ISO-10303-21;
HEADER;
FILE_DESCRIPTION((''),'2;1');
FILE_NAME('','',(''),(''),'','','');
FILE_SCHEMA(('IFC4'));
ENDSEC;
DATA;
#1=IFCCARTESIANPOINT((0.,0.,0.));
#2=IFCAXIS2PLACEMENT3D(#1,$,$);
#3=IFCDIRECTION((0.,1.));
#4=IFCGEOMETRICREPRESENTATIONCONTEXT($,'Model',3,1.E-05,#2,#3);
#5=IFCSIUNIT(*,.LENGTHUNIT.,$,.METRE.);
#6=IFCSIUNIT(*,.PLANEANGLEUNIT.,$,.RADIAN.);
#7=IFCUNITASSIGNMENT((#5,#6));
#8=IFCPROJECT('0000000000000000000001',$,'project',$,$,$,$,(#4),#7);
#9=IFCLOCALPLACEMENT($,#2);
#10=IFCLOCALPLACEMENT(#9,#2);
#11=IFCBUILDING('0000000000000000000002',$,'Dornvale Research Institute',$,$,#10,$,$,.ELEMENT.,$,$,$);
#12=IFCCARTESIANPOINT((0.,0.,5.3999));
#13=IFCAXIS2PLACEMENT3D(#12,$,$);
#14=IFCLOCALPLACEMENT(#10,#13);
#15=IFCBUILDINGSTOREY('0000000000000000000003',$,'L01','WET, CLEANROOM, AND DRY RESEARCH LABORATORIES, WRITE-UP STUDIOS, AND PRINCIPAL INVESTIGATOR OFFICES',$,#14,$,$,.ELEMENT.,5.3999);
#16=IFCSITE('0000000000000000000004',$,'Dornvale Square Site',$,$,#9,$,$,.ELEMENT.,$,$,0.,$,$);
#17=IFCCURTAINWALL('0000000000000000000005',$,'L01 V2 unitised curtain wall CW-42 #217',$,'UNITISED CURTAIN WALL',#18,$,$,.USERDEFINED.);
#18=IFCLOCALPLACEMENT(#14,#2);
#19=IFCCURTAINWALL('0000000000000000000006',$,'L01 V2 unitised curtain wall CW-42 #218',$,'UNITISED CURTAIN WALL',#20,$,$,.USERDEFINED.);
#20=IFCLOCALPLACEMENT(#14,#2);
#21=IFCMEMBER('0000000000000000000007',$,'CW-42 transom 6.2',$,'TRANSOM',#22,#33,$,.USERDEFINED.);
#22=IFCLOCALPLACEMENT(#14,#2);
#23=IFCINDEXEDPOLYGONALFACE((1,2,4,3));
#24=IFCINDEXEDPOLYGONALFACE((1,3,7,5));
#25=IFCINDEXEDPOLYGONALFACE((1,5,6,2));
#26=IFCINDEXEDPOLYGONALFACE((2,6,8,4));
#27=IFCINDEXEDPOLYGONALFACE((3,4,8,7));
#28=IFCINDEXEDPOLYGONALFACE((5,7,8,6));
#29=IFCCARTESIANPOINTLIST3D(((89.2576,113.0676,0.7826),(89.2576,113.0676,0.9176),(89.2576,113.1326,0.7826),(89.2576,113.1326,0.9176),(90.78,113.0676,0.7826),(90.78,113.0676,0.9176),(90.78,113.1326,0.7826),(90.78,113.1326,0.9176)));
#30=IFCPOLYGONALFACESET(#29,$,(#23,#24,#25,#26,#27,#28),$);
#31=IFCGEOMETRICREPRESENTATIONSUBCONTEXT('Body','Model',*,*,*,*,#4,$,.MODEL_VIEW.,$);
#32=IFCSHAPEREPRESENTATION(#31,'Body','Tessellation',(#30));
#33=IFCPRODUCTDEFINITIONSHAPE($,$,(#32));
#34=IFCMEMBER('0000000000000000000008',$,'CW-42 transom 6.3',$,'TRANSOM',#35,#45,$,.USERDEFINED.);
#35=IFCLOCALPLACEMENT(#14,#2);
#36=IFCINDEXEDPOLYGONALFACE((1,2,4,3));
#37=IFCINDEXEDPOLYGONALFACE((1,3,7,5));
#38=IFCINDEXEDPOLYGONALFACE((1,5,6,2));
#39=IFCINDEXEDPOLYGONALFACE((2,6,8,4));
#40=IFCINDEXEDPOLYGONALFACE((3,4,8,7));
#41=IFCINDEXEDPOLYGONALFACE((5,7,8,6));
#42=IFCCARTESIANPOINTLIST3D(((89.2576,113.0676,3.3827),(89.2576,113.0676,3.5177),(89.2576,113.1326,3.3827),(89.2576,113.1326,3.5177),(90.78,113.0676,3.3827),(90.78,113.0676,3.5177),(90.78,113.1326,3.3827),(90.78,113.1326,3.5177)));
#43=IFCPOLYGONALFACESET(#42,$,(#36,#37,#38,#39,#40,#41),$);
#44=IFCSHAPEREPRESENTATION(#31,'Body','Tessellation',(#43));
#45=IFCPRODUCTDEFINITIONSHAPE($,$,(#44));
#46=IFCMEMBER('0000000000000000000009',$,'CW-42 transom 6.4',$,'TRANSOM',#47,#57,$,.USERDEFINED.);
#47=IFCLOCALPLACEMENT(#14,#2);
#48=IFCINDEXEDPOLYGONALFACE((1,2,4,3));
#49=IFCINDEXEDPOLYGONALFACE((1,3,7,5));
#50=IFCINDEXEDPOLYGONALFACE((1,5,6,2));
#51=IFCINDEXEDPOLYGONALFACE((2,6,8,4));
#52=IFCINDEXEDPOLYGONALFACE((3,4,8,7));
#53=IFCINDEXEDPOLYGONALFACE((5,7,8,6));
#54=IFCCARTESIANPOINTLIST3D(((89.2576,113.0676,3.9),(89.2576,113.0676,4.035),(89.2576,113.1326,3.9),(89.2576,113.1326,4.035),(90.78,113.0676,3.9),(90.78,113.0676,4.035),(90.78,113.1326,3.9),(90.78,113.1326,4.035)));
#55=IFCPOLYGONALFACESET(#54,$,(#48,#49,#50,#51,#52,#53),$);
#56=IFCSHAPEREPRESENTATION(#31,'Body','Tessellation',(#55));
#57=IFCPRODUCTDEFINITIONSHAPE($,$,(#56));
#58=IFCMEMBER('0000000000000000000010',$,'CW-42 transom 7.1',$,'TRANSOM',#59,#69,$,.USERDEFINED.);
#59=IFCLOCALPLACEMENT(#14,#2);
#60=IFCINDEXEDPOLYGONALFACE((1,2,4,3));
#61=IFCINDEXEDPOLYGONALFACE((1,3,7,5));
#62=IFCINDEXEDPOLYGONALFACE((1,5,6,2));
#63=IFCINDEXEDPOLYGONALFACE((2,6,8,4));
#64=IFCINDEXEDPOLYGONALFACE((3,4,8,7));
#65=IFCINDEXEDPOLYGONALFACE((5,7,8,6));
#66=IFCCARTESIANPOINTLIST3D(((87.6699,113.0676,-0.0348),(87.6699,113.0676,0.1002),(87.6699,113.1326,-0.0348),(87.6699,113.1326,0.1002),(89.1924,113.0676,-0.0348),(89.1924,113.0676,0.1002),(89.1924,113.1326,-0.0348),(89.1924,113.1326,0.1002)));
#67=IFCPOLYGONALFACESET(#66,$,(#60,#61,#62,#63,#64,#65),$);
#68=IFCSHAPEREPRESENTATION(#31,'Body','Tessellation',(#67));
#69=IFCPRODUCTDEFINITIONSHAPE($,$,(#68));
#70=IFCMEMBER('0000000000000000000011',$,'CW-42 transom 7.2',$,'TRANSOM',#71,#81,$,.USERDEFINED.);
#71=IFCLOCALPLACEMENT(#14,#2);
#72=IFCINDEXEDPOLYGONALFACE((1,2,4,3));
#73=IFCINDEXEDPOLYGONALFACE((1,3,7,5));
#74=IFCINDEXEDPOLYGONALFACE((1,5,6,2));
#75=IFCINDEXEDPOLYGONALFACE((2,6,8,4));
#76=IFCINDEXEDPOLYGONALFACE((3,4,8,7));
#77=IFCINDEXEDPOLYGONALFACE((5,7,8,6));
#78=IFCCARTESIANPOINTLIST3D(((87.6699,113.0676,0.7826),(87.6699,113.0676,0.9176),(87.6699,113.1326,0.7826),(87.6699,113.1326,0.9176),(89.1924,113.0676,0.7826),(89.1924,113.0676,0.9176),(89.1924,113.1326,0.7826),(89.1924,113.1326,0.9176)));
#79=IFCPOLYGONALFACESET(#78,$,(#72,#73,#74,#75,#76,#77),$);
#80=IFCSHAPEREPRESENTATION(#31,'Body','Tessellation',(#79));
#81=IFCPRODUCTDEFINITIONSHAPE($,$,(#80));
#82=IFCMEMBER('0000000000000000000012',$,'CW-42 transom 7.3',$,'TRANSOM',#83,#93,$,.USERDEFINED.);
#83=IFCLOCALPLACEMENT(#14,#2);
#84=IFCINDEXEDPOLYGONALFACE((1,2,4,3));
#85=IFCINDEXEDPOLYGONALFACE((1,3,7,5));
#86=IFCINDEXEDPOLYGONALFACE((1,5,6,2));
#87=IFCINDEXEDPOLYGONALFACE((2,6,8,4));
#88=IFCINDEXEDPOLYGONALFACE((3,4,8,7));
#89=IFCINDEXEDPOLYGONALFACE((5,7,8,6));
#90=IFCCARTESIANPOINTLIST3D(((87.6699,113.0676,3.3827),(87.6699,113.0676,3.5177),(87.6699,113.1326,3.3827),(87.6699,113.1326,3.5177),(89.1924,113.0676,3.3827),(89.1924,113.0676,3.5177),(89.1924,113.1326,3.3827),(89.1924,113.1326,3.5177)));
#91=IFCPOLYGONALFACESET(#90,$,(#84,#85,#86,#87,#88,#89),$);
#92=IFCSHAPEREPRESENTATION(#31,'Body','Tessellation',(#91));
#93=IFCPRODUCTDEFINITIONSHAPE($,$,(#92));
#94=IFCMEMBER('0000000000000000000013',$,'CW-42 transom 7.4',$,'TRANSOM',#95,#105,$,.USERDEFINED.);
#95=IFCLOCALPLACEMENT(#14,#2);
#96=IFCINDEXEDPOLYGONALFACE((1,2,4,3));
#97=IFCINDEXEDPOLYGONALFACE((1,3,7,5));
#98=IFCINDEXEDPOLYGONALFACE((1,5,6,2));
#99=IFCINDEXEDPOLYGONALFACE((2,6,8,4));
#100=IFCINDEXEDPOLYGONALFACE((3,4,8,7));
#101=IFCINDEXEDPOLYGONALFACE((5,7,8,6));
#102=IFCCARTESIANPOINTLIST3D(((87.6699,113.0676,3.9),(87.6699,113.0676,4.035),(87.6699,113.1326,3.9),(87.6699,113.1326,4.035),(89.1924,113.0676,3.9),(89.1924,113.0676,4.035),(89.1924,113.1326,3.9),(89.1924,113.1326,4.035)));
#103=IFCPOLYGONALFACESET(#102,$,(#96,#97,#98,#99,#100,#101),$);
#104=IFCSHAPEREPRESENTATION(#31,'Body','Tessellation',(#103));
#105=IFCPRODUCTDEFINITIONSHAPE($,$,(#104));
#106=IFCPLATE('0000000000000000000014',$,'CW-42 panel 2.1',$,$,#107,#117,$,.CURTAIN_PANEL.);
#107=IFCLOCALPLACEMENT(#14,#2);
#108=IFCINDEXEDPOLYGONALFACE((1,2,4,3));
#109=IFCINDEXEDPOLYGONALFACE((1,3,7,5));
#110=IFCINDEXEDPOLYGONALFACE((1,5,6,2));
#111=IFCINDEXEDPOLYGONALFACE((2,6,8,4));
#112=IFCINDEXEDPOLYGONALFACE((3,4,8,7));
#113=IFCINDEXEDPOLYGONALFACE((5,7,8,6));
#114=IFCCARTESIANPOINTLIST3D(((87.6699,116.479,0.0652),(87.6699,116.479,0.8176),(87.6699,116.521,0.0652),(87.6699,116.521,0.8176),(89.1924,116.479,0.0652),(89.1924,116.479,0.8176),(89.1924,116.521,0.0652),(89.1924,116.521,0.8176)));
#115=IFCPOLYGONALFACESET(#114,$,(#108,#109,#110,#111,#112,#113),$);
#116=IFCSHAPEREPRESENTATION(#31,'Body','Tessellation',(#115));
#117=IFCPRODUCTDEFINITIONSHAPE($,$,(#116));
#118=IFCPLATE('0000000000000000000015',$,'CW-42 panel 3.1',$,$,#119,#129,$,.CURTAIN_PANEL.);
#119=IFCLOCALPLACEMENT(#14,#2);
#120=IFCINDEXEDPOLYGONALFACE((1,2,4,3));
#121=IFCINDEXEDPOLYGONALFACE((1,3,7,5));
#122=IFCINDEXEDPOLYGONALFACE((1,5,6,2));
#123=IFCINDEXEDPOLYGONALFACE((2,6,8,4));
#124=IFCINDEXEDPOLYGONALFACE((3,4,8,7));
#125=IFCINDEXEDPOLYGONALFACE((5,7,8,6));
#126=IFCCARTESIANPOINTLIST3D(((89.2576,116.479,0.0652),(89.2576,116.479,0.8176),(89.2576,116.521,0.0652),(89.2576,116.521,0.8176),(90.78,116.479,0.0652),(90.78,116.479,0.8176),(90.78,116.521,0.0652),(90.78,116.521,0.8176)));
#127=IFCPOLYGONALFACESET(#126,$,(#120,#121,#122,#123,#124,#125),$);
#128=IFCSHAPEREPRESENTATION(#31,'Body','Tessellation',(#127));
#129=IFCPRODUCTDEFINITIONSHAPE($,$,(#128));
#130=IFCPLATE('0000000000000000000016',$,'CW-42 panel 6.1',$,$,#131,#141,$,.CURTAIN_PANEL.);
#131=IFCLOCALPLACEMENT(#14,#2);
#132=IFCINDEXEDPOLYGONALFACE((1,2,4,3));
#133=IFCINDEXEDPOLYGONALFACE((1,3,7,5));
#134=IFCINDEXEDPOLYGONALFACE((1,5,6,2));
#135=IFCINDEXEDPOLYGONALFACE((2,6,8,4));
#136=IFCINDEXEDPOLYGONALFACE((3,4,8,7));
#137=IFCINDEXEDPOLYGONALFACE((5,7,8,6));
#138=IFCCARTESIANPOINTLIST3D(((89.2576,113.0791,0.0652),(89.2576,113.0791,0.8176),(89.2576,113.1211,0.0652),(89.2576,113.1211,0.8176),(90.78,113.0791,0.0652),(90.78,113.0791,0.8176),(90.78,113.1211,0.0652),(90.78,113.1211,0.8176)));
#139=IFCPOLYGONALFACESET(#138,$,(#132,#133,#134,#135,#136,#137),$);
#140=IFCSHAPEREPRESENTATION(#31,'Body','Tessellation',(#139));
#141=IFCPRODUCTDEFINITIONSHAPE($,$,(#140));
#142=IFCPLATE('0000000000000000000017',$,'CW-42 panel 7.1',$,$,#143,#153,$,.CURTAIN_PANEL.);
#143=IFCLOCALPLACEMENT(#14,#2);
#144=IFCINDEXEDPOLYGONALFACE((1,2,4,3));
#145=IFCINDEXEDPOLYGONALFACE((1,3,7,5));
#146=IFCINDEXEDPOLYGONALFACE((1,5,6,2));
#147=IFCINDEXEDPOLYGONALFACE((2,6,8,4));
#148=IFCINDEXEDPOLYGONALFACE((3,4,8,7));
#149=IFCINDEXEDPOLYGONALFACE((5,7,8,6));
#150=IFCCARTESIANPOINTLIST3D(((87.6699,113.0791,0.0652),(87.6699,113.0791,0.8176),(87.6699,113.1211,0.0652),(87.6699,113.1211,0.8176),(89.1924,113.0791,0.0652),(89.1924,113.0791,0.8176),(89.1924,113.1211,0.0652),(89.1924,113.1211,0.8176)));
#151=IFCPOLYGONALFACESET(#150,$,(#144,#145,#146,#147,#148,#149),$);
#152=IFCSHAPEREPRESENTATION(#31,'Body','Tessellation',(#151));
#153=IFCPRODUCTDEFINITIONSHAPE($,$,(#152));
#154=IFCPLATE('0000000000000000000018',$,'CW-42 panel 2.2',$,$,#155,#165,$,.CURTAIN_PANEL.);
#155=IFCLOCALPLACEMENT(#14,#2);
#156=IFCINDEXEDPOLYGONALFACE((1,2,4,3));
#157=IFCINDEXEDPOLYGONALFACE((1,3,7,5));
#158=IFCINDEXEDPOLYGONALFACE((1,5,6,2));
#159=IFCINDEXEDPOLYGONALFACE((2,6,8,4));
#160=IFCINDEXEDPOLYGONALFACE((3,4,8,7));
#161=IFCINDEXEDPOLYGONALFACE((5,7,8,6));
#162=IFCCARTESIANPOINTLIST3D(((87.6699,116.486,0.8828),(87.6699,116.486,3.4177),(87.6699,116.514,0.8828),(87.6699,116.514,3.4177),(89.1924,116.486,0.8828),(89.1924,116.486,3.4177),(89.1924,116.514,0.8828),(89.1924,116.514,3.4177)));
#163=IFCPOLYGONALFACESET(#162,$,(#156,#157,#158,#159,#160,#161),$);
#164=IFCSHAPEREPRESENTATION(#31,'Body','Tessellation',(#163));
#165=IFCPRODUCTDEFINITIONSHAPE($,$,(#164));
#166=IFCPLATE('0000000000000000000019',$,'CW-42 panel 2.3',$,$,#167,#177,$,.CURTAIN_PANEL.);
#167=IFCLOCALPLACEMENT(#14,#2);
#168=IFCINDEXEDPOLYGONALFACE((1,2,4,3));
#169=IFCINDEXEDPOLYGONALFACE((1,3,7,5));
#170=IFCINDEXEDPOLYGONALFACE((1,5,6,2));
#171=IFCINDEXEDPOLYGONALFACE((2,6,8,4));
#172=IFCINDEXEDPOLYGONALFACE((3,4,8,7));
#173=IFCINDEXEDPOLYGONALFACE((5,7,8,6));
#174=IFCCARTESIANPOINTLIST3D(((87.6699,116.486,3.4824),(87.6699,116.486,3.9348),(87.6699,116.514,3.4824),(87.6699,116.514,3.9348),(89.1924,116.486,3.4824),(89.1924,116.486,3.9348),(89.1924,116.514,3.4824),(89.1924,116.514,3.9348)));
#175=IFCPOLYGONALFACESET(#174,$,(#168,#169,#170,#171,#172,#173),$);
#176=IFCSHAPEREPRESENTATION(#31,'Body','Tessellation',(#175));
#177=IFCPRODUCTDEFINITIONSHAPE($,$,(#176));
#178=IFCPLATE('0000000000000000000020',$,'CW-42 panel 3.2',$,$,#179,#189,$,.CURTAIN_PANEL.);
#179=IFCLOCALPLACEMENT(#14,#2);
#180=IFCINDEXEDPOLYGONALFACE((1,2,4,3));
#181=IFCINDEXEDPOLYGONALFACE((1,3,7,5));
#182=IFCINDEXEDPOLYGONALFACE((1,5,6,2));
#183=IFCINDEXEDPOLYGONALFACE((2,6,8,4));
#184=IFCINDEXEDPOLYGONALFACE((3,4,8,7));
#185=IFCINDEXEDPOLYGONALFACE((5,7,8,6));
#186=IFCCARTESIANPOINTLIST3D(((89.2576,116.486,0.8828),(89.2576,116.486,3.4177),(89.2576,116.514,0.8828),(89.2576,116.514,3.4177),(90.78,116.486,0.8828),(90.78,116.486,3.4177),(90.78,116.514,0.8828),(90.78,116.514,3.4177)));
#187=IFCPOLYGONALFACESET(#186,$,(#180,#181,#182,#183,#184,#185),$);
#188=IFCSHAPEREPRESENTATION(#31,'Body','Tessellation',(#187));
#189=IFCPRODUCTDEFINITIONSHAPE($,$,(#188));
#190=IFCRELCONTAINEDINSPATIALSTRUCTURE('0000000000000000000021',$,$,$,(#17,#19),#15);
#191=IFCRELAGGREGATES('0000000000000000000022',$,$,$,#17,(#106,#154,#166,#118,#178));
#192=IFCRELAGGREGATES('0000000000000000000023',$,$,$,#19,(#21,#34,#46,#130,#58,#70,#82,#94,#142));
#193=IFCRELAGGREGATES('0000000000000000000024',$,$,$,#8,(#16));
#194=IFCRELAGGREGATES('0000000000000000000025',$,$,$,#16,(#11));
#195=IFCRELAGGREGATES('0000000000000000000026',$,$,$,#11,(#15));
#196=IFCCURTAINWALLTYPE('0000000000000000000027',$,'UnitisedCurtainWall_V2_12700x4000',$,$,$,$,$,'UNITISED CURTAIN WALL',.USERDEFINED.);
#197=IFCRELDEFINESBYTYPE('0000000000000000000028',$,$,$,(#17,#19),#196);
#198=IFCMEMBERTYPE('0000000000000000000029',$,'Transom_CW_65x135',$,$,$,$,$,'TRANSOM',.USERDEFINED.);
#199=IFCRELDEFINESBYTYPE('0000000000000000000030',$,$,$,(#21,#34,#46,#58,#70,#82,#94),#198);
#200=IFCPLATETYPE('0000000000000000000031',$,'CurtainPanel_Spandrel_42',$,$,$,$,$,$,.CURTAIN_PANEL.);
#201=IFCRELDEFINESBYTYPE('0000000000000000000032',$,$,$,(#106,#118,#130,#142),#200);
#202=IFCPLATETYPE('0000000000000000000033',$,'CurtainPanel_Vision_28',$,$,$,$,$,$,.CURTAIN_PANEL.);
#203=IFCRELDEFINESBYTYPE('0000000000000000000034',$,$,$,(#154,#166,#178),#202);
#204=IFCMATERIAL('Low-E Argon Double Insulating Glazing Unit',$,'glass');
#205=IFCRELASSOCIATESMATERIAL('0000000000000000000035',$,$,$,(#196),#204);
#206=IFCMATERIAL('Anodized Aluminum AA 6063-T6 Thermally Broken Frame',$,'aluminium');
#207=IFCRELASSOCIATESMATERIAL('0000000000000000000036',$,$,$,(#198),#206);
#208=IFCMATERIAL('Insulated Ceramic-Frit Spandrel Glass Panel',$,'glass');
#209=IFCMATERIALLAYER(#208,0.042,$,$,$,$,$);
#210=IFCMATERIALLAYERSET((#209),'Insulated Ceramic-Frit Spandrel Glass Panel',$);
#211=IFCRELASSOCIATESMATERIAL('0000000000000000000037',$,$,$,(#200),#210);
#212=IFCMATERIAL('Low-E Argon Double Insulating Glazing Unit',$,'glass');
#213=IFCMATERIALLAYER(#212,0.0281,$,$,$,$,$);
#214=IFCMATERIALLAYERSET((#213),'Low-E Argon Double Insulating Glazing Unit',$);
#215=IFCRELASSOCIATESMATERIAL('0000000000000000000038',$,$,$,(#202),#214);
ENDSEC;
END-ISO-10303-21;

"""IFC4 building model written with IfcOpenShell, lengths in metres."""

from ifc_helpers import new_model, si_unit, direction, frame, origin, origin_2d, place, context, subcontext, project, spatial, rectangle, extrude, material, layer, layer_set, material_profile, profile_set, type_object, element, aggregate, save


model = new_model("IFC4")

# Units and contexts
model_context = context("Model", 3, precision=1e-05, world=origin(), true_north=direction((0.0, 1.0)))
body_context = subcontext(model_context, "Body", "Model", "MODEL_VIEW")
ifc_project = project(units=[si_unit("LENGTHUNIT", "METRE"), si_unit("PLANEANGLEUNIT", "RADIAN")], contexts=[model_context])

# Site, building, storey
site_placement = place(None, origin())
site = spatial("IfcSite", under=ifc_project, at=site_placement, Name="Dornvale Square Site", CompositionType="ELEMENT", RefElevation=0.0)
building_placement = place(site_placement, origin())
building = spatial("IfcBuilding", under=site, at=building_placement, Name="Dornvale Research Institute", CompositionType="ELEMENT")
storey_placement = place(building_placement, frame((0.0, 0.0, 5.3999)))
storey = spatial("IfcBuildingStorey", under=building, at=storey_placement, Name="L01", Description="WET, CLEANROOM, AND DRY RESEARCH LABORATORIES, WRITE-UP STUDIOS, AND PRINCIPAL INVESTIGATOR OFFICES", CompositionType="ELEMENT", Elevation=5.3999)

# Curtain walls
ifc_material_1 = material(Name="Low-E Argon Double Insulating Glazing Unit", Category="glass")
curtain_wall_type = type_object("IfcCurtainWallType", Name="UnitisedCurtainWall_V2_12700x4000", ElementType="UNITISED CURTAIN WALL", PredefinedType="USERDEFINED", material=ifc_material_1)
curtain_wall_1_placement = place(storey_placement, origin())
curtain_wall_1 = element("IfcCurtainWall", 1, at=curtain_wall_1_placement, inside=storey, type_object=curtain_wall_type, Name="L01 V2 unitised curtain wall CW-42 #217", ObjectType="UNITISED CURTAIN WALL", PredefinedType="USERDEFINED")
curtain_wall_2_placement = place(storey_placement, origin())
curtain_wall_2 = element("IfcCurtainWall", 2, at=curtain_wall_2_placement, inside=storey, type_object=curtain_wall_type, Name="L01 V2 unitised curtain wall CW-42 #218", ObjectType="UNITISED CURTAIN WALL", PredefinedType="USERDEFINED")

# Members
ifc_material_2 = material(Name="Anodized Aluminum AA 6063-T6 Thermally Broken Frame", Category="aluminium")
ifc_material_profile_1 = material_profile(ifc_material_2, rectangle(XDim=0.0649, YDim=0.135, at=origin_2d()), Name="ALU TRANSOM 65x135")
ifc_profile_set_1 = profile_set([ifc_material_profile_1], Name="Anodized Aluminum AA 6063-T6 Thermally Broken Frame")
member_type_1 = type_object("IfcMemberType", Name="Transom_CW_65x135", ElementType="TRANSOM", PredefinedType="USERDEFINED", material=ifc_profile_set_1)
member_1_placement = place(storey_placement, frame((90.78, 113.1001, 0.8501), z_axis=(-1.0, 0.0, 0.0), x_axis=(0.0, -1.0, 0.0)))
member_1 = element("IfcMember", 3, at=member_1_placement, type_object=member_type_1, Name="CW-42 transom 6.2", ObjectType="TRANSOM", PredefinedType="USERDEFINED", context=body_context, shape_type="SweptSolid", body=[
    extrude(rectangle(XDim=0.0649, YDim=0.135, at=origin_2d()), origin(), (0.0, 0.0, 1.0), 1.5225),
])
member_2_placement = place(storey_placement, frame((90.78, 113.1001, 3.4502), z_axis=(-1.0, 0.0, 0.0), x_axis=(0.0, -1.0, 0.0)))
member_2 = element("IfcMember", 4, at=member_2_placement, type_object=member_type_1, Name="CW-42 transom 6.3", ObjectType="TRANSOM", PredefinedType="USERDEFINED", context=body_context, shape_type="SweptSolid", body=[
    extrude(rectangle(XDim=0.0649, YDim=0.135, at=origin_2d()), origin(), (0.0, 0.0, 1.0), 1.5225),
])
member_3_placement = place(storey_placement, frame((90.78, 113.1001, 3.9675), z_axis=(-1.0, 0.0, 0.0), x_axis=(0.0, -1.0, 0.0)))
member_3 = element("IfcMember", 5, at=member_3_placement, type_object=member_type_1, Name="CW-42 transom 6.4", ObjectType="TRANSOM", PredefinedType="USERDEFINED", context=body_context, shape_type="SweptSolid", body=[
    extrude(rectangle(XDim=0.0649, YDim=0.135, at=origin_2d()), origin(), (0.0, 0.0, 1.0), 1.5225),
])
member_4_placement = place(storey_placement, frame((89.1924, 113.1001, 0.0327), z_axis=(-1.0, 0.0, 0.0), x_axis=(0.0, -1.0, 0.0)))
member_4 = element("IfcMember", 6, at=member_4_placement, type_object=member_type_1, Name="CW-42 transom 7.1", ObjectType="TRANSOM", PredefinedType="USERDEFINED", context=body_context, shape_type="SweptSolid", body=[
    extrude(rectangle(XDim=0.0649, YDim=0.135, at=origin_2d()), origin(), (0.0, 0.0, 1.0), 1.5225),
])
member_5_placement = place(storey_placement, frame((89.1924, 113.1001, 0.8501), z_axis=(-1.0, 0.0, 0.0), x_axis=(0.0, -1.0, 0.0)))
member_5 = element("IfcMember", 7, at=member_5_placement, type_object=member_type_1, Name="CW-42 transom 7.2", ObjectType="TRANSOM", PredefinedType="USERDEFINED", context=body_context, shape_type="SweptSolid", body=[
    extrude(rectangle(XDim=0.0649, YDim=0.135, at=origin_2d()), origin(), (0.0, 0.0, 1.0), 1.5225),
])
member_6_placement = place(storey_placement, frame((89.1924, 113.1001, 3.4502), z_axis=(-1.0, 0.0, 0.0), x_axis=(0.0, -1.0, 0.0)))
member_6 = element("IfcMember", 8, at=member_6_placement, type_object=member_type_1, Name="CW-42 transom 7.3", ObjectType="TRANSOM", PredefinedType="USERDEFINED", context=body_context, shape_type="SweptSolid", body=[
    extrude(rectangle(XDim=0.0649, YDim=0.135, at=origin_2d()), origin(), (0.0, 0.0, 1.0), 1.5225),
])
member_7_placement = place(storey_placement, frame((89.1924, 113.1001, 3.9675), z_axis=(-1.0, 0.0, 0.0), x_axis=(0.0, -1.0, 0.0)))
member_7 = element("IfcMember", 9, at=member_7_placement, type_object=member_type_1, Name="CW-42 transom 7.4", ObjectType="TRANSOM", PredefinedType="USERDEFINED", context=body_context, shape_type="SweptSolid", body=[
    extrude(rectangle(XDim=0.0649, YDim=0.135, at=origin_2d()), origin(), (0.0, 0.0, 1.0), 1.5225),
])

# Plates
ifc_material_3 = material(Name="Insulated Ceramic-Frit Spandrel Glass Panel", Category="glass")
ifc_layer_1 = layer(ifc_material_3, 0.042)
ifc_layer_set_1 = layer_set([ifc_layer_1], Name="Insulated Ceramic-Frit Spandrel Glass Panel")
plate_type_1 = type_object("IfcPlateType", Name="CurtainPanel_Spandrel_42", PredefinedType="CURTAIN_PANEL", material=ifc_layer_set_1)
plate_1_placement = place(storey_placement, frame((88.4312, 116.5, 0.0652), z_axis=(0.0, 0.0, 1.0), x_axis=(1.0, 0.0, 0.0)))
plate_1 = element("IfcPlate", 10, at=plate_1_placement, type_object=plate_type_1, Name="CW-42 panel 2.1", PredefinedType="CURTAIN_PANEL", context=body_context, shape_type="SweptSolid", body=[
    extrude(rectangle(XDim=1.5225, YDim=0.042, at=origin_2d()), origin(), (0.0, 0.0, 1.0), 0.7524),
])
plate_2_placement = place(storey_placement, frame((90.0188, 116.5, 0.0652), z_axis=(0.0, 0.0, 1.0), x_axis=(1.0, 0.0, 0.0)))
plate_2 = element("IfcPlate", 11, at=plate_2_placement, type_object=plate_type_1, Name="CW-42 panel 3.1", PredefinedType="CURTAIN_PANEL", context=body_context, shape_type="SweptSolid", body=[
    extrude(rectangle(XDim=1.5225, YDim=0.042, at=origin_2d()), origin(), (0.0, 0.0, 1.0), 0.7524),
])
plate_3_placement = place(storey_placement, frame((90.0188, 113.1001, 0.0652), z_axis=(0.0, 0.0, 1.0), x_axis=(-1.0, 0.0, 0.0)))
plate_3 = element("IfcPlate", 12, at=plate_3_placement, type_object=plate_type_1, Name="CW-42 panel 6.1", PredefinedType="CURTAIN_PANEL", context=body_context, shape_type="SweptSolid", body=[
    extrude(rectangle(XDim=1.5225, YDim=0.042, at=origin_2d()), origin(), (0.0, 0.0, 1.0), 0.7524),
])
plate_4_placement = place(storey_placement, frame((88.4312, 113.1001, 0.0652), z_axis=(0.0, 0.0, 1.0), x_axis=(-1.0, 0.0, 0.0)))
plate_4 = element("IfcPlate", 13, at=plate_4_placement, type_object=plate_type_1, Name="CW-42 panel 7.1", PredefinedType="CURTAIN_PANEL", context=body_context, shape_type="SweptSolid", body=[
    extrude(rectangle(XDim=1.5225, YDim=0.042, at=origin_2d()), origin(), (0.0, 0.0, 1.0), 0.7524),
])
ifc_material_4 = material(Name="Low-E Argon Double Insulating Glazing Unit", Category="glass")
ifc_layer_2 = layer(ifc_material_4, 0.0281)
ifc_layer_set_2 = layer_set([ifc_layer_2], Name="Low-E Argon Double Insulating Glazing Unit")
plate_type_2 = type_object("IfcPlateType", Name="CurtainPanel_Vision_28", PredefinedType="CURTAIN_PANEL", material=ifc_layer_set_2)
plate_5_placement = place(storey_placement, frame((88.4312, 116.5, 0.8828), z_axis=(0.0, 0.0, 1.0), x_axis=(1.0, 0.0, 0.0)))
plate_5 = element("IfcPlate", 14, at=plate_5_placement, type_object=plate_type_2, Name="CW-42 panel 2.2", PredefinedType="CURTAIN_PANEL", context=body_context, shape_type="SweptSolid", body=[
    extrude(rectangle(XDim=1.5225, YDim=0.0281, at=origin_2d()), origin(), (0.0, 0.0, 1.0), 2.5349),
])
plate_6_placement = place(storey_placement, frame((88.4312, 116.5, 3.4824), z_axis=(0.0, 0.0, 1.0), x_axis=(1.0, 0.0, 0.0)))
plate_6 = element("IfcPlate", 15, at=plate_6_placement, type_object=plate_type_2, Name="CW-42 panel 2.3", PredefinedType="CURTAIN_PANEL", context=body_context, shape_type="SweptSolid", body=[
    extrude(rectangle(XDim=1.5225, YDim=0.0281, at=origin_2d()), origin(), (0.0, 0.0, 1.0), 0.4524),
])
plate_7_placement = place(storey_placement, frame((90.0188, 116.5, 0.8828), z_axis=(0.0, 0.0, 1.0), x_axis=(1.0, 0.0, 0.0)))
plate_7 = element("IfcPlate", 16, at=plate_7_placement, type_object=plate_type_2, Name="CW-42 panel 3.2", PredefinedType="CURTAIN_PANEL", context=body_context, shape_type="SweptSolid", body=[
    extrude(rectangle(XDim=1.5225, YDim=0.0281, at=origin_2d()), origin(), (0.0, 0.0, 1.0), 2.5349),
])
aggregate(curtain_wall_1, [plate_1, plate_5, plate_6, plate_2, plate_7])
aggregate(curtain_wall_2, [member_1, member_2, member_3, plate_3, member_4, member_5, member_6, member_7, plate_4])

save(model, "model.ifc")
